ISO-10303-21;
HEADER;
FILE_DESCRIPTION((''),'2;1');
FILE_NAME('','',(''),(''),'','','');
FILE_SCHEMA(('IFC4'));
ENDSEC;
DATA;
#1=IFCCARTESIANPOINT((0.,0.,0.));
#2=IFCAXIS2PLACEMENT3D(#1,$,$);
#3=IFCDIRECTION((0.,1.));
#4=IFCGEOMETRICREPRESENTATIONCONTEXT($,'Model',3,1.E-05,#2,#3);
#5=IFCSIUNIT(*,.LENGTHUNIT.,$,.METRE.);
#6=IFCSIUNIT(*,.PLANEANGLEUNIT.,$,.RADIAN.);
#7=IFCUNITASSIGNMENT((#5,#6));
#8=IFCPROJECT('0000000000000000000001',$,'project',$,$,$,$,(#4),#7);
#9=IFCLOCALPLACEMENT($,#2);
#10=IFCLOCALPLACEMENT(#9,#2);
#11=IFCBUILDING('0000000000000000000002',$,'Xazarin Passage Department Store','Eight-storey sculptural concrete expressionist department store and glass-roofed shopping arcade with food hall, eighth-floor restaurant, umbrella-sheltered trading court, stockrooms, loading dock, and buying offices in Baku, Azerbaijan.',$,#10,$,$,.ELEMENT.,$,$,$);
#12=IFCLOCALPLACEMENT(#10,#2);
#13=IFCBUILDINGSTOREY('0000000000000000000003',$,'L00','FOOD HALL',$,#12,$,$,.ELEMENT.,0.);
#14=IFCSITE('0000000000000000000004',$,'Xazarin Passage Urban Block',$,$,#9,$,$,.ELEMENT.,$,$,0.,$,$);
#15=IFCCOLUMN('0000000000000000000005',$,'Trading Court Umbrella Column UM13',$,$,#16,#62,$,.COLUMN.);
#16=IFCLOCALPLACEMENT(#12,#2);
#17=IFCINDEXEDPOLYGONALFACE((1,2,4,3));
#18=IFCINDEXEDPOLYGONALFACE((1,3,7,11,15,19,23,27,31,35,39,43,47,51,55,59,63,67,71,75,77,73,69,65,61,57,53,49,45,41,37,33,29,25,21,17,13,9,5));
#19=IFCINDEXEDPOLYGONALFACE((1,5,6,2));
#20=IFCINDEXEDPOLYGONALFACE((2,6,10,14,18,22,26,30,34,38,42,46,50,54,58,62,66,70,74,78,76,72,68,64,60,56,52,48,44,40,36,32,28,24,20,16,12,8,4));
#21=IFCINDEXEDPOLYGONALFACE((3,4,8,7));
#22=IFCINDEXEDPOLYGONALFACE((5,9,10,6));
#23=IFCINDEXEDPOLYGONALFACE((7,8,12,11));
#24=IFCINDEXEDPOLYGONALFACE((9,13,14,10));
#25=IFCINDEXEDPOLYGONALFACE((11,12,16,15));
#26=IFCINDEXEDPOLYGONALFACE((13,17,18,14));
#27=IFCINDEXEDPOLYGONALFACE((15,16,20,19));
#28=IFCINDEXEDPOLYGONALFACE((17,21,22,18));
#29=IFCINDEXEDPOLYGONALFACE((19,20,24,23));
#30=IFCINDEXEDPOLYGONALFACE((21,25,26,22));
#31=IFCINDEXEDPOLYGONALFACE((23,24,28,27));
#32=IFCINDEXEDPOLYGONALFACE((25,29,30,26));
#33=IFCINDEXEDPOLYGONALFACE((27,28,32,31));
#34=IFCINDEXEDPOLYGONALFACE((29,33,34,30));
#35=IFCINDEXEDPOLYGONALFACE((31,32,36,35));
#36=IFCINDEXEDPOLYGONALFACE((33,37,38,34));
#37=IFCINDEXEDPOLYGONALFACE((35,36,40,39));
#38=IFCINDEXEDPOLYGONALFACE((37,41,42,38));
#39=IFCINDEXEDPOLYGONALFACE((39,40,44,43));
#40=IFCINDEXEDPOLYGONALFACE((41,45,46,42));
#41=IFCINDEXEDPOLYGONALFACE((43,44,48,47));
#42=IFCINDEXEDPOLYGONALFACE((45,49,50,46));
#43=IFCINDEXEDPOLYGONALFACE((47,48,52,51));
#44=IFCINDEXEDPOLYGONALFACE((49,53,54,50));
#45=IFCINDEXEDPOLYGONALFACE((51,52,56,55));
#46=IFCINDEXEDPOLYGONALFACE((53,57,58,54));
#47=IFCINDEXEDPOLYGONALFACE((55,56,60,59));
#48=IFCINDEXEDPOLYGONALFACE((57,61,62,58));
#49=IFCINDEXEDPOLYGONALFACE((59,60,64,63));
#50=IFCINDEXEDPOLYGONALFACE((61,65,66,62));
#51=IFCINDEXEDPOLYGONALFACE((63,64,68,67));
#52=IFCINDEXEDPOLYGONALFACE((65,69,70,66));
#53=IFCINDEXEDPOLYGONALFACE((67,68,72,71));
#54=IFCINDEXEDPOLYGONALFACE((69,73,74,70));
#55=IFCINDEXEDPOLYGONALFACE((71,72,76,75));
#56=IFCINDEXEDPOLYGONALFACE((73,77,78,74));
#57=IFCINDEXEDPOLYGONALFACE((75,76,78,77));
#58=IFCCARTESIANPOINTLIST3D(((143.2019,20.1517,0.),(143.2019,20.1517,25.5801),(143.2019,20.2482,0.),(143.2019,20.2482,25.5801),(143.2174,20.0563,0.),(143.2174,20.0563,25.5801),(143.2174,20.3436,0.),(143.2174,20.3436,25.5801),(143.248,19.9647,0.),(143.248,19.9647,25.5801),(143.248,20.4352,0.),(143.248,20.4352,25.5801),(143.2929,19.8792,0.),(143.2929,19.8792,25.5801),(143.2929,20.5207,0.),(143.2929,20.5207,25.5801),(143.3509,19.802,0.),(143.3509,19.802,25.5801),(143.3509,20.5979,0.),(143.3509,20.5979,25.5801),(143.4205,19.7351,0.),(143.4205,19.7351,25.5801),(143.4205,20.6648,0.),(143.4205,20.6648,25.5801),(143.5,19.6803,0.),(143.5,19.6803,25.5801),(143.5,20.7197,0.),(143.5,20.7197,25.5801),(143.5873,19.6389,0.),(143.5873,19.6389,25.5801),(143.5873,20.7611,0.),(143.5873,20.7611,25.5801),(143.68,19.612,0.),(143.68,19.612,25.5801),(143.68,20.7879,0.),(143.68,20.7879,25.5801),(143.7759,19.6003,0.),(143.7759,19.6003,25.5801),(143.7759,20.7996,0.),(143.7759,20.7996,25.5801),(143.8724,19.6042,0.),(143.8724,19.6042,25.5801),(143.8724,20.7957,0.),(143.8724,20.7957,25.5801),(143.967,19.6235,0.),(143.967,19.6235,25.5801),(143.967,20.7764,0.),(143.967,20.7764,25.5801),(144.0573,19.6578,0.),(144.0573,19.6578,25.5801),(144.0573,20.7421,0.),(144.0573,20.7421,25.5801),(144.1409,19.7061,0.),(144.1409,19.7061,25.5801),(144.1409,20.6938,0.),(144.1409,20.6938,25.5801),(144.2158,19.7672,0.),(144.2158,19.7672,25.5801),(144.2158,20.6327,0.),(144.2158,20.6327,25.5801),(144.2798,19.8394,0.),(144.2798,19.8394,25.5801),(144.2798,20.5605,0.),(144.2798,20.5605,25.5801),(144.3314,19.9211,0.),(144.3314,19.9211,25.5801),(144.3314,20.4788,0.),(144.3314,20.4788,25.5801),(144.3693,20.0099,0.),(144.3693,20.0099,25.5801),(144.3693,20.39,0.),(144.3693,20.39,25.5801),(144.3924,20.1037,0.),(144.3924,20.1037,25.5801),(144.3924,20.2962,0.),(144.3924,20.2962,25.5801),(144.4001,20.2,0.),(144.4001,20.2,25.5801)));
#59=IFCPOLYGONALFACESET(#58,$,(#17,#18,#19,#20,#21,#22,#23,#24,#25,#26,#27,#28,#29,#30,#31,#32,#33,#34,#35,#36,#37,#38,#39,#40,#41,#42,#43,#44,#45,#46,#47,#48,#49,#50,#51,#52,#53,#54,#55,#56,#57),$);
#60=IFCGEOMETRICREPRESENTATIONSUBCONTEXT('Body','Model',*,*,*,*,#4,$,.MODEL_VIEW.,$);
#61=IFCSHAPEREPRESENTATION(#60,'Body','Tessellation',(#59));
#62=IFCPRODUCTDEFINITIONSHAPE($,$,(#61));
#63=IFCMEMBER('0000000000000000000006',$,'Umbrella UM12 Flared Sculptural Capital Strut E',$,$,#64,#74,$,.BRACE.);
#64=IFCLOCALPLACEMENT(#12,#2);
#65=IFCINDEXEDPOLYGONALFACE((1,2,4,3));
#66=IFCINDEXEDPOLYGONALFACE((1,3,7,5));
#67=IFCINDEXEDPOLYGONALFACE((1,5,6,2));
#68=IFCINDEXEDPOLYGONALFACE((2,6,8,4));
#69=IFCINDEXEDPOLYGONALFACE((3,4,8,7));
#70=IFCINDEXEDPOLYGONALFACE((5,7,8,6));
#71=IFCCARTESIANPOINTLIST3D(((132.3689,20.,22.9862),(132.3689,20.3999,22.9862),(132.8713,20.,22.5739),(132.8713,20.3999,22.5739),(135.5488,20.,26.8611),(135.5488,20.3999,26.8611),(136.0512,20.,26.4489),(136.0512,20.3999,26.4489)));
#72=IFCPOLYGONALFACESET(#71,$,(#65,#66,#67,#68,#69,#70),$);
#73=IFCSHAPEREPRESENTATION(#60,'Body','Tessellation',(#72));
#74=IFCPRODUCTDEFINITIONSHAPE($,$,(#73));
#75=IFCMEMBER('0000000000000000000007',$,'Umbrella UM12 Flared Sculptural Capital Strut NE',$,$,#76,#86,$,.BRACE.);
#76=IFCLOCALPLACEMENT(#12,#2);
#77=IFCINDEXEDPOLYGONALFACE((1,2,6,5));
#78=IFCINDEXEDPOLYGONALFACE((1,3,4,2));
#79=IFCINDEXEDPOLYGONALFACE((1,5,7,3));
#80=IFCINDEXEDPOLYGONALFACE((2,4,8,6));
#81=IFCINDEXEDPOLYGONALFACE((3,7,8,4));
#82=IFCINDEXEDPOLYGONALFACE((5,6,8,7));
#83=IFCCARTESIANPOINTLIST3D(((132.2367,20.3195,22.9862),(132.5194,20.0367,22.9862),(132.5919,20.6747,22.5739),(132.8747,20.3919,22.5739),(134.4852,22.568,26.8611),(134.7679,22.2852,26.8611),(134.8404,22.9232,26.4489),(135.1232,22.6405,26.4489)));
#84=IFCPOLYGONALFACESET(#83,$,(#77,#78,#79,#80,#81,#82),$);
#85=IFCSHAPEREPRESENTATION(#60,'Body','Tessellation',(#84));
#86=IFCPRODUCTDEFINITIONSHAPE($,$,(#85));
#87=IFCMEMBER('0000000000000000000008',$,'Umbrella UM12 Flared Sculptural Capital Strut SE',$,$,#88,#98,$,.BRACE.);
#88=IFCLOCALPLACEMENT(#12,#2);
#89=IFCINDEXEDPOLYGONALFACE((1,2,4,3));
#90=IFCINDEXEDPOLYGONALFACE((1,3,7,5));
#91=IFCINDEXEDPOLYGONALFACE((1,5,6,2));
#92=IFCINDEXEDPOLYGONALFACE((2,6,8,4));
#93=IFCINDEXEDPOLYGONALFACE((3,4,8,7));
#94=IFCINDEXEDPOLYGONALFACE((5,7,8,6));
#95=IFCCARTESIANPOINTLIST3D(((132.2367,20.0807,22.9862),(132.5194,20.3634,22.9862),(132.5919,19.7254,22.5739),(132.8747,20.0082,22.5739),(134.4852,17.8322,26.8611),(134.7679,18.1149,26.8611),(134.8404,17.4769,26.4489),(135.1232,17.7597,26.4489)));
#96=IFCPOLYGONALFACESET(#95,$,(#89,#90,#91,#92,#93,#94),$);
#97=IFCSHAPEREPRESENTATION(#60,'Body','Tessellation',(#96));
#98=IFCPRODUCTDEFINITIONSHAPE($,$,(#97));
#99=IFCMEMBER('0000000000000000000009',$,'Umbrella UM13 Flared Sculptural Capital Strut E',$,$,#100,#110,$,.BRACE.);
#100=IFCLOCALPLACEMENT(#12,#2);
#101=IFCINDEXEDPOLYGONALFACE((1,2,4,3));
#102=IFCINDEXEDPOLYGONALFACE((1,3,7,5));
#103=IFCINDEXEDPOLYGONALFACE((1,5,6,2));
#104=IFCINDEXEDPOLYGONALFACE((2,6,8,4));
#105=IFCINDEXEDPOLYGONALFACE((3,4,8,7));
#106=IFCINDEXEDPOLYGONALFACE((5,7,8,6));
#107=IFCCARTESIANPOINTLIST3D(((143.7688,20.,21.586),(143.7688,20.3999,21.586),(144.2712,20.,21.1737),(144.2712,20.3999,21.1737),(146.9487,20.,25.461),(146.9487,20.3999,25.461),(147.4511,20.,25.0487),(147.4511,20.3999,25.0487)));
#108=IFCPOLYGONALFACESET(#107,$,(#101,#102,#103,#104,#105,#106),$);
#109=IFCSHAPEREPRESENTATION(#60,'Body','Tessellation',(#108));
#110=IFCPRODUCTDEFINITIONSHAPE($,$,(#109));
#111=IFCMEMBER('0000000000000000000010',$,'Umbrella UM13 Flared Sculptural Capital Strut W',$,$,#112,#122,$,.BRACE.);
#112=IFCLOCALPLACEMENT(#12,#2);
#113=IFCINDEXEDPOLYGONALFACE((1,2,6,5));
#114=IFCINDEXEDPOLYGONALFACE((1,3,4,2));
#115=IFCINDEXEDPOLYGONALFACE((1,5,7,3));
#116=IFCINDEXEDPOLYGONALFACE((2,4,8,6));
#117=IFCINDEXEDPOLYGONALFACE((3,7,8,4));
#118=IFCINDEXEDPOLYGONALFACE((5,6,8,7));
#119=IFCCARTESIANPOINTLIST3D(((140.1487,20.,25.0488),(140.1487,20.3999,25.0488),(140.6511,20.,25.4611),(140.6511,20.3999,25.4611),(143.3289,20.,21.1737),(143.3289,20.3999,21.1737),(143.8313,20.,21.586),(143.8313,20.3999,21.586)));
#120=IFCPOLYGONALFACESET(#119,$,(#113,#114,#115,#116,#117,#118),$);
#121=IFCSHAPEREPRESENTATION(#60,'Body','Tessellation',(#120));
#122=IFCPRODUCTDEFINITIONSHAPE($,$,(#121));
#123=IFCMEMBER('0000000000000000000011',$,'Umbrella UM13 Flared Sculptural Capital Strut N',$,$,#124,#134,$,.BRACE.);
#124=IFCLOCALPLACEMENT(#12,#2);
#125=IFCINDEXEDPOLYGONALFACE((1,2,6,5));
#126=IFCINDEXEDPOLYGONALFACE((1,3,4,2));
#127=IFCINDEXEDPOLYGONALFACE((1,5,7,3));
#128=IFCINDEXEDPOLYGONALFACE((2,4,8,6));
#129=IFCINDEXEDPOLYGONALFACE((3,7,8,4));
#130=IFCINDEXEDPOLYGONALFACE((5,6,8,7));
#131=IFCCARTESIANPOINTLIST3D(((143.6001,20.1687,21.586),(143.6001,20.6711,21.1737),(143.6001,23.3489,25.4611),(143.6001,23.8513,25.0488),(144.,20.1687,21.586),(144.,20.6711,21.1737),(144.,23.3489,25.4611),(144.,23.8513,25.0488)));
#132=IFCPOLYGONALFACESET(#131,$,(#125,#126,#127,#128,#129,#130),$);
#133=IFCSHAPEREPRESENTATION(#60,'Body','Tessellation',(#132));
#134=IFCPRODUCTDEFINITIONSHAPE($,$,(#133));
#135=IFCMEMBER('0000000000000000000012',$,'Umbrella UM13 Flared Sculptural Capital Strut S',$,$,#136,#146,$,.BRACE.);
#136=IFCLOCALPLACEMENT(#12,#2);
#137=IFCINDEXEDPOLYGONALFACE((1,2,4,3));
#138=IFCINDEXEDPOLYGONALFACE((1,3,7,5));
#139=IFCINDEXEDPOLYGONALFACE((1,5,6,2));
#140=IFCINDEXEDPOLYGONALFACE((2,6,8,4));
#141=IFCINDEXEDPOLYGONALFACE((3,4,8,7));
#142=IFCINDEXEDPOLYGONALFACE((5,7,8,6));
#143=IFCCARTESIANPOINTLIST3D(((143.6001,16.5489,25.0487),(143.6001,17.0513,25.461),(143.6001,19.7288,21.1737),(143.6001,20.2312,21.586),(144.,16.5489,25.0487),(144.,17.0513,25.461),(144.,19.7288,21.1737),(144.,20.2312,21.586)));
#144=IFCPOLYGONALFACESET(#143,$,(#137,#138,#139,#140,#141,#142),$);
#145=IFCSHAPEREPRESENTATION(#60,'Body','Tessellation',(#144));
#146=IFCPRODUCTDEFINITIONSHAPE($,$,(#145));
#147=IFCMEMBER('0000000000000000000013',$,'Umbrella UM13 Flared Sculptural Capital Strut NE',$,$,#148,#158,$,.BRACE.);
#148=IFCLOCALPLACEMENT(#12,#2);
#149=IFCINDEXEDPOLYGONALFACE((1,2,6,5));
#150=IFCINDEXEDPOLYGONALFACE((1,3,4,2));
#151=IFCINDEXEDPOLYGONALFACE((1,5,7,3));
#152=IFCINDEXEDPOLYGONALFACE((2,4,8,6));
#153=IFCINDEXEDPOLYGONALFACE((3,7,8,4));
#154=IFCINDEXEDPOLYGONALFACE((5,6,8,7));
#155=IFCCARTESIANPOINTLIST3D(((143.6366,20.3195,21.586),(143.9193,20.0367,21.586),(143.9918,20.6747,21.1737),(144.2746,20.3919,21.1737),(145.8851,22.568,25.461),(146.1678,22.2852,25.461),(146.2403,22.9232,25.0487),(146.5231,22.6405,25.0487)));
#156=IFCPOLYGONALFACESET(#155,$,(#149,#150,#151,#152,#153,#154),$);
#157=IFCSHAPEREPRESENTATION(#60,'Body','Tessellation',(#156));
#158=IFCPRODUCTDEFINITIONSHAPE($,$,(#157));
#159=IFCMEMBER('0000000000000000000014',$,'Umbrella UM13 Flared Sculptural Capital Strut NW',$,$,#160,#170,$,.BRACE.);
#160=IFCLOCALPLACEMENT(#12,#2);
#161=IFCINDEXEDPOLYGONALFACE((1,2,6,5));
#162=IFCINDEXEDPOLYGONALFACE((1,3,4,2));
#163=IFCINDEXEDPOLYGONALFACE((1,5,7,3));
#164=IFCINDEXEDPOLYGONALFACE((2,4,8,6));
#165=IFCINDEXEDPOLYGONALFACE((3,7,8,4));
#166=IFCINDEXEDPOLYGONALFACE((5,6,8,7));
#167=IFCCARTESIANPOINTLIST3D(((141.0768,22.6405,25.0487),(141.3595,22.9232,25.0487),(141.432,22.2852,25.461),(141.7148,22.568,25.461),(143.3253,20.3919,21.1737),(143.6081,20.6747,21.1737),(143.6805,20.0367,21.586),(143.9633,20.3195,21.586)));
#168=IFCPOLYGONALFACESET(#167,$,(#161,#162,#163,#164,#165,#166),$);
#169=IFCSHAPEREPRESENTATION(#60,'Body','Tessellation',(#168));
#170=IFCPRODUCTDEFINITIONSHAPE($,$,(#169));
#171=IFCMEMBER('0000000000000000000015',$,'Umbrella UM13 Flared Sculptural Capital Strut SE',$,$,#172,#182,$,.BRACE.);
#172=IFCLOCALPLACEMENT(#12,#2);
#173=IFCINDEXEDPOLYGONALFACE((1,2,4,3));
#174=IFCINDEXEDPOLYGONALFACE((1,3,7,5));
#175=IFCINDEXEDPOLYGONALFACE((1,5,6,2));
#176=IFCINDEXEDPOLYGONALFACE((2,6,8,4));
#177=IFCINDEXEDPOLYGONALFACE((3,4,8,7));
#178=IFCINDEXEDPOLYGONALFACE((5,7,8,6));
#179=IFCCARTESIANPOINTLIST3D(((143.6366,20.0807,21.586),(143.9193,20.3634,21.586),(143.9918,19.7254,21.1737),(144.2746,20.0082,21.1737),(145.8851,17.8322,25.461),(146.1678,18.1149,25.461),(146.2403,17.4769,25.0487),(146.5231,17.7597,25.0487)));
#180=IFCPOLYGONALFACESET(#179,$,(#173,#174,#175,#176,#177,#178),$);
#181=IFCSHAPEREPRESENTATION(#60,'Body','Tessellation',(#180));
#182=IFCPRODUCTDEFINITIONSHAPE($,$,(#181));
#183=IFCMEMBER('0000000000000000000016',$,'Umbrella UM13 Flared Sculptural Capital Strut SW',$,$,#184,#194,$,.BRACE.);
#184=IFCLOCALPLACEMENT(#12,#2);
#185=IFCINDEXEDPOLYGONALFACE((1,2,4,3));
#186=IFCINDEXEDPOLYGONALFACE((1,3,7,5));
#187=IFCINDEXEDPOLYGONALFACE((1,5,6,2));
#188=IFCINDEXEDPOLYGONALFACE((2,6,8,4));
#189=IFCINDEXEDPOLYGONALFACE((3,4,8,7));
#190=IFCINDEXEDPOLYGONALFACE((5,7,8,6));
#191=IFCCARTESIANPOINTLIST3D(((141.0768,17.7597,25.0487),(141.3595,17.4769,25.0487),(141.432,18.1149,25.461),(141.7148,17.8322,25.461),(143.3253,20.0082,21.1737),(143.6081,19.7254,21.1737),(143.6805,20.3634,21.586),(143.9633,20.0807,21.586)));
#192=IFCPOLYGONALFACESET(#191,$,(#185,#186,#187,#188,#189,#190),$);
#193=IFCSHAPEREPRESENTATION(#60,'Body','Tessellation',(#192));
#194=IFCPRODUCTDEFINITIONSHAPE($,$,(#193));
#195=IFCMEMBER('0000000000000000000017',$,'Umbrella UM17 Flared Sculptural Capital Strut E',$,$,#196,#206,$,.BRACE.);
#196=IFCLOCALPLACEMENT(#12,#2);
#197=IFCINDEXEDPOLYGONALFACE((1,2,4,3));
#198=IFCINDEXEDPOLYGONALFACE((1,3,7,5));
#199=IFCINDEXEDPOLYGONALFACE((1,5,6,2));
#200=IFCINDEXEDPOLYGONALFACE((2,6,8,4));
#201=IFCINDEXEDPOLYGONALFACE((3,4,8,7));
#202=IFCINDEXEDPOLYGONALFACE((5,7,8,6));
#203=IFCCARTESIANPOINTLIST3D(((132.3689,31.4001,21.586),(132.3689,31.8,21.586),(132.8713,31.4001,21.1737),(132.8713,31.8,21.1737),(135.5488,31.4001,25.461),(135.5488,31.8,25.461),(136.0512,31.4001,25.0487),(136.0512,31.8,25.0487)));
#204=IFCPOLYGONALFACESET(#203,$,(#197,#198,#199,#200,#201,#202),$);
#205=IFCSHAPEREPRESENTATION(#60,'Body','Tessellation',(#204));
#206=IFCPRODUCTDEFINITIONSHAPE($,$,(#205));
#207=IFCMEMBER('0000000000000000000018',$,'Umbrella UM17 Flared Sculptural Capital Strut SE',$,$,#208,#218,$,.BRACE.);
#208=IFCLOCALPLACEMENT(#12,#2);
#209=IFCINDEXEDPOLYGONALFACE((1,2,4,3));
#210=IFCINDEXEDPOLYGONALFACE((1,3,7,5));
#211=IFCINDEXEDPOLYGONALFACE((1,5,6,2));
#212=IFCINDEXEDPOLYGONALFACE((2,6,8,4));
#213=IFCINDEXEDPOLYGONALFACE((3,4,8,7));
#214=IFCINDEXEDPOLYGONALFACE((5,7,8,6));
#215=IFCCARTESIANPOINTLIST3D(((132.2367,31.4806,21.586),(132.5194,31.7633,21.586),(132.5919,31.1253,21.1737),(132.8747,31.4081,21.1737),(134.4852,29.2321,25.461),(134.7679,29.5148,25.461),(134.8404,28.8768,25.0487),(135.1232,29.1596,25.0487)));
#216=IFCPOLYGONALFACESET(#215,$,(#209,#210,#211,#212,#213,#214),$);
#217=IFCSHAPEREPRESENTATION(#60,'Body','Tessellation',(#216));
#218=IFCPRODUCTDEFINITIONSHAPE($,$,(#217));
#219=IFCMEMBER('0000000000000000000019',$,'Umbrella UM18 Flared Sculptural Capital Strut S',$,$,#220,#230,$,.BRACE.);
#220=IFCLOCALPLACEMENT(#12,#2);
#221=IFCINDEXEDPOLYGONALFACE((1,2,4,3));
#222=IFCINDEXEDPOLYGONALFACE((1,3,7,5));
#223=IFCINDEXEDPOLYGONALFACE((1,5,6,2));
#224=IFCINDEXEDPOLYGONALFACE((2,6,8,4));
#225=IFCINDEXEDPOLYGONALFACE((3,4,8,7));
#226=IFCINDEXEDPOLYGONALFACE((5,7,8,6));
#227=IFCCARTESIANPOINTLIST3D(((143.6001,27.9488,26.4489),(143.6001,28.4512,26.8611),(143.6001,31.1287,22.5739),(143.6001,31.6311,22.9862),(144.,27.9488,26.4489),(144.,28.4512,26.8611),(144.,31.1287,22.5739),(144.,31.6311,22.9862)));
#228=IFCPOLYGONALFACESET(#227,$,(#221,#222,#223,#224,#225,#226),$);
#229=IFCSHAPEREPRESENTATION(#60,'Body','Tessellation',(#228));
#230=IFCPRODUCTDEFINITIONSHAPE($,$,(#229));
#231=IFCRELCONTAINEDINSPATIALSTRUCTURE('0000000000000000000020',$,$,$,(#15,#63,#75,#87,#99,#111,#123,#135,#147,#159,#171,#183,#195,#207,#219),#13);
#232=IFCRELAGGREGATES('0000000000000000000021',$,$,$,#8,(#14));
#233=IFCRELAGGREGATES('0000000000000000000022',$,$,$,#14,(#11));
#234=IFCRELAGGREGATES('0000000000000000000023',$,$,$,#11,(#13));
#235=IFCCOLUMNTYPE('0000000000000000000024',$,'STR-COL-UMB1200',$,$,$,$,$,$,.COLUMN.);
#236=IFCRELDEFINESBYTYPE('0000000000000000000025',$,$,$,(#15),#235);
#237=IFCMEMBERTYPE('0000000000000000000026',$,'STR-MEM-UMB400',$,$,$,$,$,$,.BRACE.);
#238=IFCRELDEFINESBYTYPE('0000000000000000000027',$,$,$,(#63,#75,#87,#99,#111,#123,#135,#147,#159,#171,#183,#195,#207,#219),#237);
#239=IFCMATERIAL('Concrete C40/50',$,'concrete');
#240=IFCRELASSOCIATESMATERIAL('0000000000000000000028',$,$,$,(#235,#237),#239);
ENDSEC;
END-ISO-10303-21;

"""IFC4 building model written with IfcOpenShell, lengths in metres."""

from ifc_helpers import new_model, si_unit, direction, frame, origin, origin_2d, place, context, subcontext, project, spatial, rectangle, circle, extrude, material, material_profile, profile_set, type_object, element, save


model = new_model("IFC4")

# Units and contexts
model_context = context("Model", 3, precision=1e-05, world=origin(), true_north=direction((0.0, 1.0)))
body_context = subcontext(model_context, "Body", "Model", "MODEL_VIEW")
ifc_project = project(units=[si_unit("LENGTHUNIT", "METRE"), si_unit("PLANEANGLEUNIT", "RADIAN")], contexts=[model_context])

# Site, building, storey
site_placement = place(None, origin())
site = spatial("IfcSite", under=ifc_project, at=site_placement, Name="Xazarin Passage Urban Block", CompositionType="ELEMENT", RefElevation=0.0)
building_placement = place(site_placement, origin())
building = spatial("IfcBuilding", under=site, at=building_placement, Name="Xazarin Passage Department Store", Description="Eight-storey sculptural concrete expressionist department store and glass-roofed shopping arcade with food hall, eighth-floor restaurant, umbrella-sheltered trading court, stockrooms, loading dock, and buying offices in Baku, Azerbaijan.", CompositionType="ELEMENT")
storey_placement = place(building_placement, origin())
storey = spatial("IfcBuildingStorey", under=building, at=storey_placement, Name="L00", Description="FOOD HALL", CompositionType="ELEMENT", Elevation=0.0)

# Column
ifc_material_1 = material(Name="Concrete C40/50", Category="concrete")
ifc_material_profile_1 = material_profile(ifc_material_1, circle(Radius=0.6001, at=origin_2d()), Name="RCD 1200")
ifc_profile_set_1 = profile_set([ifc_material_profile_1], Name="Concrete C40/50")
column_type = type_object("IfcColumnType", Name="STR-COL-UMB1200", PredefinedType="COLUMN", material=ifc_profile_set_1)
column_placement = place(storey_placement, frame((143.8, 20.2, 0.0), z_axis=(0.0, 0.0, 1.0), x_axis=(1.0, 0.0, 0.0)))
element("IfcColumn", 1, at=column_placement, inside=storey, type_object=column_type, Name="Trading Court Umbrella Column UM13", PredefinedType="COLUMN", context=body_context, shape_type="SweptSolid", body=[
    extrude(circle(Radius=0.6001, at=origin_2d()), origin(), (0.0, 0.0, 1.0), 25.5801),
])

# Members
ifc_material_profile_2 = material_profile(ifc_material_1, rectangle(XDim=0.3999, YDim=0.6499, at=origin_2d()), Name="RC 400x650")
ifc_profile_set_2 = profile_set([ifc_material_profile_2], Name="Concrete C40/50")
member_type = type_object("IfcMemberType", Name="STR-MEM-UMB400", PredefinedType="BRACE", material=ifc_profile_set_2)
for number, where, z_axis, x_axis, name in (
    (2, (132.6201, 20.2, 22.78), (0.63437, 0.0, 0.77303), (0.0, 1.0, 0.0), "Umbrella UM12 Flared Sculptural Capital Strut E"),
    (3, (132.5557, 20.3557, 22.78), (0.448565, 0.448565, 0.773032), (-0.707107, 0.707107, 0.0), "Umbrella UM12 Flared Sculptural Capital Strut NE"),
    (4, (132.5557, 20.0444, 22.78), (0.448565, -0.448565, 0.773032), (0.707107, 0.707107, 0.0), "Umbrella UM12 Flared Sculptural Capital Strut SE"),
    (5, (144.02, 20.2, 21.3799), (0.63437, 0.0, 0.77303), (0.0, 1.0, 0.0), "Umbrella UM13 Flared Sculptural Capital Strut E"),
):
    element("IfcMember", number, at=place(storey_placement, frame(where, z_axis=z_axis, x_axis=x_axis)), inside=storey, type_object=member_type, Name=name, PredefinedType="BRACE", context=body_context, shape_type="SweptSolid", body=[
        extrude(rectangle(XDim=0.3999, YDim=0.6499, at=origin_2d()), origin(), (0.0, 0.0, 1.0), 5.0127),
    ])
for number, where, z_axis, x_axis, name in (
    (6, (143.5801, 20.2, 21.3799), (-0.634399, 0.0, 0.773006), (0.0, -1.0, 0.0), "Umbrella UM13 Flared Sculptural Capital Strut W"),
    (7, (143.8, 20.4199, 21.3799), (0.0, 0.634399, 0.773006), (-1.0, 0.0, 0.0), "Umbrella UM13 Flared Sculptural Capital Strut N"),
):
    element("IfcMember", number, at=place(storey_placement, frame(where, z_axis=z_axis, x_axis=x_axis)), inside=storey, type_object=member_type, Name=name, PredefinedType="BRACE", context=body_context, shape_type="SweptSolid", body=[
        extrude(rectangle(XDim=0.3999, YDim=0.6499, at=origin_2d()), origin(), (0.0, 0.0, 1.0), 5.0129),
    ])
for number, where, z_axis, x_axis, name in (
    (8, (143.8, 19.98, 21.3799), (0.0, -0.63437, 0.77303), (1.0, 0.0, 0.0), "Umbrella UM13 Flared Sculptural Capital Strut S"),
    (9, (143.9556, 20.3557, 21.3799), (0.448565, 0.448565, 0.773032), (-0.707107, 0.707107, 0.0), "Umbrella UM13 Flared Sculptural Capital Strut NE"),
    (10, (143.6443, 20.3557, 21.3799), (-0.448565, 0.448565, 0.773032), (-0.707107, -0.707107, 0.0), "Umbrella UM13 Flared Sculptural Capital Strut NW"),
    (11, (143.9556, 20.0444, 21.3799), (0.448565, -0.448565, 0.773032), (0.707107, 0.707107, 0.0), "Umbrella UM13 Flared Sculptural Capital Strut SE"),
    (12, (143.6443, 20.0444, 21.3799), (-0.448565, -0.448565, 0.773032), (0.707107, -0.707107, 0.0), "Umbrella UM13 Flared Sculptural Capital Strut SW"),
    (13, (132.6201, 31.6001, 21.3799), (0.63437, 0.0, 0.77303), (0.0, 1.0, 0.0), "Umbrella UM17 Flared Sculptural Capital Strut E"),
    (14, (132.5557, 31.4443, 21.3799), (0.448565, -0.448565, 0.773032), (0.707107, 0.707107, 0.0), "Umbrella UM17 Flared Sculptural Capital Strut SE"),
    (15, (143.8, 31.3799, 22.78), (0.0, -0.63437, 0.77303), (1.0, 0.0, 0.0), "Umbrella UM18 Flared Sculptural Capital Strut S"),
):
    element("IfcMember", number, at=place(storey_placement, frame(where, z_axis=z_axis, x_axis=x_axis)), inside=storey, type_object=member_type, Name=name, PredefinedType="BRACE", context=body_context, shape_type="SweptSolid", body=[
        extrude(rectangle(XDim=0.3999, YDim=0.6499, at=origin_2d()), origin(), (0.0, 0.0, 1.0), 5.0127),
    ])

save(model, "model.ifc")
